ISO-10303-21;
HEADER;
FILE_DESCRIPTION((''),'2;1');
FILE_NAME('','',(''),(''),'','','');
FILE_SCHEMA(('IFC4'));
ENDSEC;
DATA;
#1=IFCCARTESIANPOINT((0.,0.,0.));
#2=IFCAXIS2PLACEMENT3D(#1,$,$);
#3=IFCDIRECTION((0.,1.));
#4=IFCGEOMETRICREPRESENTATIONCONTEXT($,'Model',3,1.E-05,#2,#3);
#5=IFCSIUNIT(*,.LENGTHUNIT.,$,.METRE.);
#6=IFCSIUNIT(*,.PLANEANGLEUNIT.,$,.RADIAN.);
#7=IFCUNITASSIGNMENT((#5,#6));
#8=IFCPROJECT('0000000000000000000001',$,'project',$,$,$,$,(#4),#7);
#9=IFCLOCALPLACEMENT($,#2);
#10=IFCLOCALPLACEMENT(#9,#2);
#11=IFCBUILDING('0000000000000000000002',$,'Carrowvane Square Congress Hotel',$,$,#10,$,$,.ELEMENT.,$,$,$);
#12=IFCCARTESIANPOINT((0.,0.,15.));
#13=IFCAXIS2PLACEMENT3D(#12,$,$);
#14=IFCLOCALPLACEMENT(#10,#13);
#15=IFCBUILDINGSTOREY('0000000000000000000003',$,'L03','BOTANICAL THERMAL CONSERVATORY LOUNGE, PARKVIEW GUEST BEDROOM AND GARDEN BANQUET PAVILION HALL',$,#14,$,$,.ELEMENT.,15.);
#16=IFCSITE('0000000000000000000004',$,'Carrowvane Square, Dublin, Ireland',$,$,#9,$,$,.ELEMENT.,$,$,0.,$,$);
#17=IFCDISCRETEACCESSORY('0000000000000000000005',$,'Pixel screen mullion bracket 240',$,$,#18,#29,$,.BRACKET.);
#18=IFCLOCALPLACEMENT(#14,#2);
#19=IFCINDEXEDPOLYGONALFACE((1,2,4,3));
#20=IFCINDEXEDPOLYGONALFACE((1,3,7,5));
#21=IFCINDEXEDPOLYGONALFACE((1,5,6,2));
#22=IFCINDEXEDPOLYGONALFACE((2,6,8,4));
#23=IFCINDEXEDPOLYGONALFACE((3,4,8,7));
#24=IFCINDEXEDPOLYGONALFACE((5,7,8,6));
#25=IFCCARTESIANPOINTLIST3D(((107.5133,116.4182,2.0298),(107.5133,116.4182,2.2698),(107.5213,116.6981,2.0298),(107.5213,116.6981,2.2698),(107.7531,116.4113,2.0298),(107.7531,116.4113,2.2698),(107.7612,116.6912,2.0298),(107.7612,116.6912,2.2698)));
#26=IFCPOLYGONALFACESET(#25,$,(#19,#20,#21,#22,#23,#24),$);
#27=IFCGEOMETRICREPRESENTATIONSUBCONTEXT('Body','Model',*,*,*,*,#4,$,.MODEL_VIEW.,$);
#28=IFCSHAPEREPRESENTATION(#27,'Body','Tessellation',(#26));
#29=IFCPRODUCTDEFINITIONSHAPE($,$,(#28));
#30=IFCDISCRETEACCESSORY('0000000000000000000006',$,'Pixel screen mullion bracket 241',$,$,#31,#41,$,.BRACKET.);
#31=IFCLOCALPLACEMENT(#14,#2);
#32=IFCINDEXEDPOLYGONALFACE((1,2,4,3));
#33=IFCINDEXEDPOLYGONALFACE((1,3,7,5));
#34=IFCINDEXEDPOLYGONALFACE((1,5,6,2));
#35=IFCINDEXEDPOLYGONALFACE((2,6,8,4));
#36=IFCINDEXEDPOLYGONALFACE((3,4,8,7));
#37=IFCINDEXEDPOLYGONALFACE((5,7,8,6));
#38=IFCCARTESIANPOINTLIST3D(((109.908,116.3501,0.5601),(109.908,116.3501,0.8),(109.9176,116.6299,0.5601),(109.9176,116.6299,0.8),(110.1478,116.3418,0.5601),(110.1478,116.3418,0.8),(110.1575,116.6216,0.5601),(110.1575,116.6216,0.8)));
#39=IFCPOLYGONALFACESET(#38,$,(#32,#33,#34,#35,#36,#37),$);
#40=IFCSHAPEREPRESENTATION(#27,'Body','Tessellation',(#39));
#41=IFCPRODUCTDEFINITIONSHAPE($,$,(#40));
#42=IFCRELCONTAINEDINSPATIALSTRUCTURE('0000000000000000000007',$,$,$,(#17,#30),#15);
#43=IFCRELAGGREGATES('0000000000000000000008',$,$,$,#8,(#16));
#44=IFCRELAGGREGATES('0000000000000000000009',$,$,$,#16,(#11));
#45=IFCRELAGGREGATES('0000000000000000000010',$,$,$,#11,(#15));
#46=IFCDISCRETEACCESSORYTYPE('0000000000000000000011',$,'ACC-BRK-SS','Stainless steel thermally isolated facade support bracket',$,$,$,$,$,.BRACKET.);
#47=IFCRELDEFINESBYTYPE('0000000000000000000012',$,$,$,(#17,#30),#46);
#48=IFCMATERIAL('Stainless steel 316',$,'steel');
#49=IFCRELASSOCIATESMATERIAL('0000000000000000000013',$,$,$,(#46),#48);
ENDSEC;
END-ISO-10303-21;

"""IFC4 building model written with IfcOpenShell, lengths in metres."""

from ifc_helpers import new_model, si_unit, direction, frame, origin, origin_2d, place, context, subcontext, project, spatial, rectangle, extrude, material, type_object, element, save


model = new_model("IFC4")

# Units and contexts
model_context = context("Model", 3, precision=1e-05, world=origin(), true_north=direction((0.0, 1.0)))
body_context = subcontext(model_context, "Body", "Model", "MODEL_VIEW")
ifc_project = project(units=[si_unit("LENGTHUNIT", "METRE"), si_unit("PLANEANGLEUNIT", "RADIAN")], contexts=[model_context])

# Site, building, storey
site_placement = place(None, origin())
site = spatial("IfcSite", under=ifc_project, at=site_placement, Name="Carrowvane Square, Dublin, Ireland", CompositionType="ELEMENT", RefElevation=0.0)
building_placement = place(site_placement, origin())
building = spatial("IfcBuilding", under=site, at=building_placement, Name="Carrowvane Square Congress Hotel", CompositionType="ELEMENT")
storey_placement = place(building_placement, frame((0.0, 0.0, 15.0)))
storey = spatial("IfcBuildingStorey", under=building, at=storey_placement, Name="L03", Description="BOTANICAL THERMAL CONSERVATORY LOUNGE, PARKVIEW GUEST BEDROOM AND GARDEN BANQUET PAVILION HALL", CompositionType="ELEMENT", Elevation=15.0)

# Discrete accessories
ifc_material_1 = material(Name="Stainless steel 316", Category="steel")
discrete_accessory_type = type_object("IfcDiscreteAccessoryType", Name="ACC-BRK-SS", Description="Stainless steel thermally isolated facade support bracket", PredefinedType="BRACKET", material=ifc_material_1)
for number, where, z_axis, x_axis, name in (
    (1, (107.6372, 116.5547, 2.0298), (0.0, 0.0, 1.0), (0.99959, -0.028639, 0.0), "Pixel screen mullion bracket 240"),
    (2, (110.0327, 116.4858, 0.5601), (0.0, 0.0, 1.0), (0.999404, -0.034527, 0.0), "Pixel screen mullion bracket 241"),
):
    element("IfcDiscreteAccessory", number, at=place(storey_placement, frame(where, z_axis=z_axis, x_axis=x_axis)), inside=storey, type_object=discrete_accessory_type, Name=name, PredefinedType="BRACKET", context=body_context, shape_type="SweptSolid", body=[
        extrude(rectangle(XDim=0.24, YDim=0.28, at=origin_2d()), origin(), (0.0, 0.0, 1.0), 0.24),
    ])

save(model, "model.ifc")
